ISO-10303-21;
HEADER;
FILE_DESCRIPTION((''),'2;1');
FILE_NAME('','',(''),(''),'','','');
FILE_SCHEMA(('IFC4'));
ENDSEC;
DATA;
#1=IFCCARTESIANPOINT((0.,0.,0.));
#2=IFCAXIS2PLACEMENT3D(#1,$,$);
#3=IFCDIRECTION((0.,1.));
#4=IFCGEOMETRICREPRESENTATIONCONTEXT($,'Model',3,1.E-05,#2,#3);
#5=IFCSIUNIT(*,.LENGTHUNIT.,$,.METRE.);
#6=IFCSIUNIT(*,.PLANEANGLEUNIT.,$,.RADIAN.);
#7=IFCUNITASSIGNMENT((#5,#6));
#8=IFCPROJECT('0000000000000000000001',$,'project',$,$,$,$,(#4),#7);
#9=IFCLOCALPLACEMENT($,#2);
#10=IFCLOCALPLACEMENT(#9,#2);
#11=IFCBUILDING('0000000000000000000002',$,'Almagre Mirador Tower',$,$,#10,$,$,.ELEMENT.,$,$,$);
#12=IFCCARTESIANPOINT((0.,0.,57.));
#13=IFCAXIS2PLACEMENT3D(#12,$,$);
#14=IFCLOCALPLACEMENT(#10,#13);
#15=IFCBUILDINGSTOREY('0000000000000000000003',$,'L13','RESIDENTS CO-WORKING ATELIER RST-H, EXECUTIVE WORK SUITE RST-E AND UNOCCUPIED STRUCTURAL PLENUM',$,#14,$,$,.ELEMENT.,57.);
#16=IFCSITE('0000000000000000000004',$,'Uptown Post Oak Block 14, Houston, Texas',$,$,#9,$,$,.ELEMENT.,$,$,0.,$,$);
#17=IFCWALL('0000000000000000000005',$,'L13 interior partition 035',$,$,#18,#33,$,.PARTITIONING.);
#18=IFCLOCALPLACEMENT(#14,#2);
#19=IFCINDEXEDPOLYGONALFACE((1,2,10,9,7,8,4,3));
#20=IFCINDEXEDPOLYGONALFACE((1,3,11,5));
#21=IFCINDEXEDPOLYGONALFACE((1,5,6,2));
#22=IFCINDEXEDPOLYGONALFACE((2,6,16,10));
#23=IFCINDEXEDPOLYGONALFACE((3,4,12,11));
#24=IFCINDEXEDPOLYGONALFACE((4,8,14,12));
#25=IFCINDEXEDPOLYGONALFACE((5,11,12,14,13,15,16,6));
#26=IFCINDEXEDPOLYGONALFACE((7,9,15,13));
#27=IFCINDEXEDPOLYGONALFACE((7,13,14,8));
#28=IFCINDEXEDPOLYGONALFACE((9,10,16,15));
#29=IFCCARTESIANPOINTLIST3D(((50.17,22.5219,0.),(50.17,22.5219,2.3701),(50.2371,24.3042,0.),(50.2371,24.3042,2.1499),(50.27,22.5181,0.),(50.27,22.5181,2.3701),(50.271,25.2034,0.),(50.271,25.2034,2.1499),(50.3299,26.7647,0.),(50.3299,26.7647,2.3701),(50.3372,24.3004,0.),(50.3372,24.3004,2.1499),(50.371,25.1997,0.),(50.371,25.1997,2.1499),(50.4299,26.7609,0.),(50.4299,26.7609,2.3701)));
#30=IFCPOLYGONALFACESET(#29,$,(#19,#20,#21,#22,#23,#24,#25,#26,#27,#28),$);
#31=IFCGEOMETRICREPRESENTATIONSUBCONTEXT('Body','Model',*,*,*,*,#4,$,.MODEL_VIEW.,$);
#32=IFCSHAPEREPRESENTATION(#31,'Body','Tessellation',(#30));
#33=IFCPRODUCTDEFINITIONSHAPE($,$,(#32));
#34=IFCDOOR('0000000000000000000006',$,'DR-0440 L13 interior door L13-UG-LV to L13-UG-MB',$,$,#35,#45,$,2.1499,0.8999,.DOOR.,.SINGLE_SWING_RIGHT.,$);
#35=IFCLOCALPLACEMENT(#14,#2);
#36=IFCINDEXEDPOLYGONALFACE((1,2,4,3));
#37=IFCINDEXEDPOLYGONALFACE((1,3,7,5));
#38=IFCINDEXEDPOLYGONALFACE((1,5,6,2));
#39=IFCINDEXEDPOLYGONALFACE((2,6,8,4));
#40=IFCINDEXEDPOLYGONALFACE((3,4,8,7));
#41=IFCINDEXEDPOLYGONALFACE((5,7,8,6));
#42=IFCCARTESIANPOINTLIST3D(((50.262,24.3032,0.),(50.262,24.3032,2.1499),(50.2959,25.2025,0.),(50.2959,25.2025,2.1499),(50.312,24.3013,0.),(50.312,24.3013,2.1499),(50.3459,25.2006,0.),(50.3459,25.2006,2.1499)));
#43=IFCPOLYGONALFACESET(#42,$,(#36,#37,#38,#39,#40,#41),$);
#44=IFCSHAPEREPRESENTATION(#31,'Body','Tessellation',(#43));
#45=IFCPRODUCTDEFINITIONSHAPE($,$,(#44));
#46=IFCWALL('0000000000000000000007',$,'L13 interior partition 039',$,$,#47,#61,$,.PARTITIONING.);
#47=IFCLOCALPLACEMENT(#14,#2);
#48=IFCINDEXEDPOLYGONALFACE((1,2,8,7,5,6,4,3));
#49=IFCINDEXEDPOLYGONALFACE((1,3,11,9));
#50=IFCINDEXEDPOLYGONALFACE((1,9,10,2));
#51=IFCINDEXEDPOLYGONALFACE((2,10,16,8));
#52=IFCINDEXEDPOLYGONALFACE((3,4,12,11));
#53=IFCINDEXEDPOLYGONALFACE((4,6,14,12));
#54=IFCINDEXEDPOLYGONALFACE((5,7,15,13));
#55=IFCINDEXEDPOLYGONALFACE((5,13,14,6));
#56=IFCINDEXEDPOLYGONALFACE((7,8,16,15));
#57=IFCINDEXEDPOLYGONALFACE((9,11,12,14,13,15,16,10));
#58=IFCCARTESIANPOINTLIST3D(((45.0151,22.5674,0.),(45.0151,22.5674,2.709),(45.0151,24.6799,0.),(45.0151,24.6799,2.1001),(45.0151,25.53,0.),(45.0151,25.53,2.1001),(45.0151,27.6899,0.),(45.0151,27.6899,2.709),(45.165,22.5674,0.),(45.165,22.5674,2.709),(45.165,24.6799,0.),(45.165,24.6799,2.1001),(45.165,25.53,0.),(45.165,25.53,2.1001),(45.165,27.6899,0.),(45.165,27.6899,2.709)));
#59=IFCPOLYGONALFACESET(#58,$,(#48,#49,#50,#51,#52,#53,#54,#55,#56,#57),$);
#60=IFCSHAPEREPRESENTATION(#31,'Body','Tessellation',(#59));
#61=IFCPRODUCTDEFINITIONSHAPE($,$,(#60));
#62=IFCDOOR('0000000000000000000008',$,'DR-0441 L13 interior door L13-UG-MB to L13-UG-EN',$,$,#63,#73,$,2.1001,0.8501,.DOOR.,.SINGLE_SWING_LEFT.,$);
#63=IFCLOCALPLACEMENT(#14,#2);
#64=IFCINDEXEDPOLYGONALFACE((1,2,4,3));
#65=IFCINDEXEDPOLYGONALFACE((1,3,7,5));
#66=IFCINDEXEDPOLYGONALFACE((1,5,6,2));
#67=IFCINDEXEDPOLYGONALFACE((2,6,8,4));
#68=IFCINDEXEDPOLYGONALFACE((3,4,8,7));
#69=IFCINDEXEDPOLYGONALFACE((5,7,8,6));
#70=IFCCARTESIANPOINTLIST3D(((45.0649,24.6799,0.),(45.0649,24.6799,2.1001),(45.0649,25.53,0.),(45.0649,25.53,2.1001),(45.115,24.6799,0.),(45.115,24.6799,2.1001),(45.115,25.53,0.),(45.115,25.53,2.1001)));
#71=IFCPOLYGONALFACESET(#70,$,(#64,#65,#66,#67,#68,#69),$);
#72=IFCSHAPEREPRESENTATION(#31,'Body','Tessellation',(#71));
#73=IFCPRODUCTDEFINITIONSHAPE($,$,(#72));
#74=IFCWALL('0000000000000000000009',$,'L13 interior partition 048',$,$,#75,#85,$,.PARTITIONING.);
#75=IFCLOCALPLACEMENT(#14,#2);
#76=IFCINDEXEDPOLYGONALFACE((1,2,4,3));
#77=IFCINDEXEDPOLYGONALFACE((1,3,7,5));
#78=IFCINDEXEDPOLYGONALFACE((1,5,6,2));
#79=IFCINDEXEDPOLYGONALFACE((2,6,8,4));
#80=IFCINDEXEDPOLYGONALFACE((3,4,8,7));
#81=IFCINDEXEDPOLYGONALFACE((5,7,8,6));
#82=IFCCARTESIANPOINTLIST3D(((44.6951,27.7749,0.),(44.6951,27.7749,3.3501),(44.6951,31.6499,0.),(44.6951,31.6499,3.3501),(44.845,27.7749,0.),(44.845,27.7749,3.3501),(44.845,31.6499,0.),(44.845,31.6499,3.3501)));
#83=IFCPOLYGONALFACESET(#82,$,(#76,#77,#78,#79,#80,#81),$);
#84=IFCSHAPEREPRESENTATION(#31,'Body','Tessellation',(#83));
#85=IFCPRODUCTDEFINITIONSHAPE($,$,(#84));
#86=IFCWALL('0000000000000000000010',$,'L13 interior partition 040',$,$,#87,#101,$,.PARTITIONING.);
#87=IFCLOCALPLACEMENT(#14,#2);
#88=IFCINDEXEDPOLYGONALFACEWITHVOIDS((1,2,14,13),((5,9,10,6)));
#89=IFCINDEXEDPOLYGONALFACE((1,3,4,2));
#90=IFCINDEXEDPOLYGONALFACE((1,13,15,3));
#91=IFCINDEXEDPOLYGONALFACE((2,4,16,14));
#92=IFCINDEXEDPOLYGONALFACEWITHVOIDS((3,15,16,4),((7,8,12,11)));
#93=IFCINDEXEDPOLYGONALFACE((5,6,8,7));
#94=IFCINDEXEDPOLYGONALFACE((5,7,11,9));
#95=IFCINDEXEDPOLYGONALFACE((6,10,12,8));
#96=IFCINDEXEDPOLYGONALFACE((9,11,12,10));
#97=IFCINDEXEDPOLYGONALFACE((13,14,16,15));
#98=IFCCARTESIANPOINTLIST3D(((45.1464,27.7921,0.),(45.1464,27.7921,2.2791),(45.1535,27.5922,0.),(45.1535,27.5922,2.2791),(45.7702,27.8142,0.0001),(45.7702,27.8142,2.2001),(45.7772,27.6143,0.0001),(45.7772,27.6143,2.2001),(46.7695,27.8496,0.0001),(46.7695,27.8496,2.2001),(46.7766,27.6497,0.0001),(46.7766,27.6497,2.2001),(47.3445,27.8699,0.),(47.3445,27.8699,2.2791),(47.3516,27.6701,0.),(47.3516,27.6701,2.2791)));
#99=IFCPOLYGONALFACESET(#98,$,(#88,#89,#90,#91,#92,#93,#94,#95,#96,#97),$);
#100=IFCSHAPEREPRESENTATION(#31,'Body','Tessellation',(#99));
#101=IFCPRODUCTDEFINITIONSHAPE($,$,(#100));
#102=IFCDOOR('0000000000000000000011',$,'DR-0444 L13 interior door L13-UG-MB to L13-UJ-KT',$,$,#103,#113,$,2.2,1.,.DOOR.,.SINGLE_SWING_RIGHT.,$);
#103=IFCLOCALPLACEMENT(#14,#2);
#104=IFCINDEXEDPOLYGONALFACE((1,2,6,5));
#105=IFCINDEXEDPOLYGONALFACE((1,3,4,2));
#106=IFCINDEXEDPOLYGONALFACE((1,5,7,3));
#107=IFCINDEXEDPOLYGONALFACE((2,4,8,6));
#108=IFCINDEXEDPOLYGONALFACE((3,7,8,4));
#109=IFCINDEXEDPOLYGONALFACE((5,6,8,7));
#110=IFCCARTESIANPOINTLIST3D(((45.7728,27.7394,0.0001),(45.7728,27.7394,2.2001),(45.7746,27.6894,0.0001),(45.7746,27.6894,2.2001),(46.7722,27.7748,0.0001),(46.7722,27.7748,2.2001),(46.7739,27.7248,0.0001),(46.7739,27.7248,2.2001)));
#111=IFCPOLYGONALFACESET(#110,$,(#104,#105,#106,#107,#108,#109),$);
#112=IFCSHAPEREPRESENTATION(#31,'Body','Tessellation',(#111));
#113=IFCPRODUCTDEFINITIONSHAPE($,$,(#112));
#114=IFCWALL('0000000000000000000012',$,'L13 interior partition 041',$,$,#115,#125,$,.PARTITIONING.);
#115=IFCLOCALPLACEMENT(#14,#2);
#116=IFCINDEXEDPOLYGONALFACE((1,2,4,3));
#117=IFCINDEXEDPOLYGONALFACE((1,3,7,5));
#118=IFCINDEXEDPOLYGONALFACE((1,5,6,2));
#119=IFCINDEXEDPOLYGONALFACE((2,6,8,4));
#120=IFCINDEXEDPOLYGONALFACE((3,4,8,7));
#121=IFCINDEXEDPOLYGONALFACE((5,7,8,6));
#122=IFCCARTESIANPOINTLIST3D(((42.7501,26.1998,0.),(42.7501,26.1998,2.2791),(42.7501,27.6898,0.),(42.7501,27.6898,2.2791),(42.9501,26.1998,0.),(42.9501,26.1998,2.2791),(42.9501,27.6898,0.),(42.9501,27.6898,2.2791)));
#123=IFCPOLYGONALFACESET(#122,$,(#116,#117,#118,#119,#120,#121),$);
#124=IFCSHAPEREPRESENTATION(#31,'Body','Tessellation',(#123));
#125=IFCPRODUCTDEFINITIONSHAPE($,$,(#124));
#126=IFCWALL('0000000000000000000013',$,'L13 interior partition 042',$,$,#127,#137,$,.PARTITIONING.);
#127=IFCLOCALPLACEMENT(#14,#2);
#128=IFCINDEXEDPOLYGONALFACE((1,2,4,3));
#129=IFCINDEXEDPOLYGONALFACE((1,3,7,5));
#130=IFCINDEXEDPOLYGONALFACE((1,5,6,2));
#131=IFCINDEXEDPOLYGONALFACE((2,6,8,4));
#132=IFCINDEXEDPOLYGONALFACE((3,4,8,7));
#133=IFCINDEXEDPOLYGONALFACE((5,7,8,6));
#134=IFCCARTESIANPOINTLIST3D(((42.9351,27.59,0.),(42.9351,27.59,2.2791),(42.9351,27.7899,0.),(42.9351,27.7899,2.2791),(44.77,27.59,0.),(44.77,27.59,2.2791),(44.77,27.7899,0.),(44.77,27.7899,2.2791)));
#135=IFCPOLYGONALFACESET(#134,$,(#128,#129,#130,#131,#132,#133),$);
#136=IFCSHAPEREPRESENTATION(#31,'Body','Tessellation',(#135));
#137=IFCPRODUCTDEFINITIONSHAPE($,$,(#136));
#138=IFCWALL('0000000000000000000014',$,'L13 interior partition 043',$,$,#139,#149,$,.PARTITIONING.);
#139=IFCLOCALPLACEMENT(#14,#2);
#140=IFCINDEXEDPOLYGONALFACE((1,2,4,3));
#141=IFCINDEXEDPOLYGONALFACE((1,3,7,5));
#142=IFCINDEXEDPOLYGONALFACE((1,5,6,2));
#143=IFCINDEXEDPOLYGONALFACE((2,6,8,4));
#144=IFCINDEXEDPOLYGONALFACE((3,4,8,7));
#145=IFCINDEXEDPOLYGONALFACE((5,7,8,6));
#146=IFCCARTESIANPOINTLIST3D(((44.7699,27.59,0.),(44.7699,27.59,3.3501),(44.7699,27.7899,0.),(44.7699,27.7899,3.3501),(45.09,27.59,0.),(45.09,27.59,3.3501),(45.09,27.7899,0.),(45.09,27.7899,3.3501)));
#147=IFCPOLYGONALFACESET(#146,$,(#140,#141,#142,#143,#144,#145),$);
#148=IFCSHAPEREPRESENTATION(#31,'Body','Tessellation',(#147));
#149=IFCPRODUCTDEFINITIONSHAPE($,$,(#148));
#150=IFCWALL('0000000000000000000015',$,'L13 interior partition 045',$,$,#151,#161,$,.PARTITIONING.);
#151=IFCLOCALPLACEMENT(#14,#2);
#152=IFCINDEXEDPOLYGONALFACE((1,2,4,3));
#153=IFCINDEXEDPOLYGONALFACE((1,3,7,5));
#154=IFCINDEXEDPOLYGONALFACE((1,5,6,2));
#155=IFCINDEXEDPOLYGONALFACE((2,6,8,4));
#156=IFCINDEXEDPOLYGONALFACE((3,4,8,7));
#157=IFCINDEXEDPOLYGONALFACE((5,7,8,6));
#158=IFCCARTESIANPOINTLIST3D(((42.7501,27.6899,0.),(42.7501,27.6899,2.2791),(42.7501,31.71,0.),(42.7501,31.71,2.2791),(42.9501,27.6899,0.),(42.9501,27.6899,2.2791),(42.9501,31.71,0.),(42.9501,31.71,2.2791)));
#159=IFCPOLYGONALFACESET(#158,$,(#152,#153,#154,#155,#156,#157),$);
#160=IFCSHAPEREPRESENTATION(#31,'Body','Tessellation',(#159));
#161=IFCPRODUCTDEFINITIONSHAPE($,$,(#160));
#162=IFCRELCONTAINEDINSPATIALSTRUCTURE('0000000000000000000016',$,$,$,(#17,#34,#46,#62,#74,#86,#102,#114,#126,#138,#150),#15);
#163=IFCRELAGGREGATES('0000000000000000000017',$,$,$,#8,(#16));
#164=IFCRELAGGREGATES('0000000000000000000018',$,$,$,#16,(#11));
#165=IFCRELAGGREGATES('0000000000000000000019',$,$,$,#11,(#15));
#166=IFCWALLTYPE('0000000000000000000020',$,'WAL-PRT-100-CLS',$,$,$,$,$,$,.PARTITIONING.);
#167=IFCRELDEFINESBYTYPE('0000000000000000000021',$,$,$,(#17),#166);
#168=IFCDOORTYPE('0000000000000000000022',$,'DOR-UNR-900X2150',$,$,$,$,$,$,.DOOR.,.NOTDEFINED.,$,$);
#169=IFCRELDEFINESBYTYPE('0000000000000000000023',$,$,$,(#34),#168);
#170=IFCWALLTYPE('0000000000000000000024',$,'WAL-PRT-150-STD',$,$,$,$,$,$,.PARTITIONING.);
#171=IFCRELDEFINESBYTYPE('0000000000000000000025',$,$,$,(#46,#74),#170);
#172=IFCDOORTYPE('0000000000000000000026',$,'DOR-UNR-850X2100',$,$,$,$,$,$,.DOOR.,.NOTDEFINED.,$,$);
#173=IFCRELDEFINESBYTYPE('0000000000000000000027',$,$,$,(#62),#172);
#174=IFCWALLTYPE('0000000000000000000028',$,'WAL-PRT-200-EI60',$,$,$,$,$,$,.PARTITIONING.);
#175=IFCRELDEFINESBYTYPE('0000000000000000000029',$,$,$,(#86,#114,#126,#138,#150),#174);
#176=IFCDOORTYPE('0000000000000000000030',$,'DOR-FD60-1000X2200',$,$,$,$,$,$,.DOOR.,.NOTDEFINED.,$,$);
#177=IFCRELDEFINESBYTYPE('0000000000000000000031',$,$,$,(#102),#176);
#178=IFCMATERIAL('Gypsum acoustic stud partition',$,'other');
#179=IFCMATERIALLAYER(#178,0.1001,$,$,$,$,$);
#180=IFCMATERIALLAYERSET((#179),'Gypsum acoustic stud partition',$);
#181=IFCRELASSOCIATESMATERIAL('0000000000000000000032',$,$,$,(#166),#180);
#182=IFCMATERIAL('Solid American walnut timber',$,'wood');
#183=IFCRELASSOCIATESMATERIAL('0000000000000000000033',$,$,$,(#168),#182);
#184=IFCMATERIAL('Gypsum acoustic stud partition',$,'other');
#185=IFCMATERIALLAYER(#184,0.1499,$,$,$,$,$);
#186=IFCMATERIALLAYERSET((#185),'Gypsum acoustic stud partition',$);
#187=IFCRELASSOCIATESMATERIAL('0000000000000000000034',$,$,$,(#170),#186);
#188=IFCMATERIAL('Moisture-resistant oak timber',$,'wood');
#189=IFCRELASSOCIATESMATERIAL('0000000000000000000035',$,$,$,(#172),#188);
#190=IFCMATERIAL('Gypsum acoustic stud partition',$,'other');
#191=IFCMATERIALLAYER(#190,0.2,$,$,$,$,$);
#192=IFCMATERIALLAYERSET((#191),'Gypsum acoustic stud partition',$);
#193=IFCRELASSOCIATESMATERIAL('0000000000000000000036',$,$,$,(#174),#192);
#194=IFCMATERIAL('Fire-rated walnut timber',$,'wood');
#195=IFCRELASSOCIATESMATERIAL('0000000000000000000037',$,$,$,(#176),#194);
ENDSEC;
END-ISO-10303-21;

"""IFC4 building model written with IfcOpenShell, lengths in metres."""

from ifc_helpers import new_model, si_unit, direction, frame, frame_2d, origin, place, context, subcontext, project, spatial, rectangle, extrude, material, layer, layer_set, type_object, element, fill, save


model = new_model("IFC4")

# Units and contexts
model_context = context("Model", 3, precision=1e-05, world=origin(), true_north=direction((0.0, 1.0)))
body_context = subcontext(model_context, "Body", "Model", "MODEL_VIEW")
ifc_project = project(units=[si_unit("LENGTHUNIT", "METRE"), si_unit("PLANEANGLEUNIT", "RADIAN")], contexts=[model_context])

# Site, building, storey
site_placement = place(None, origin())
site = spatial("IfcSite", under=ifc_project, at=site_placement, Name="Uptown Post Oak Block 14, Houston, Texas", CompositionType="ELEMENT", RefElevation=0.0)
building_placement = place(site_placement, origin())
building = spatial("IfcBuilding", under=site, at=building_placement, Name="Almagre Mirador Tower", CompositionType="ELEMENT")
storey_placement = place(building_placement, frame((0.0, 0.0, 57.0)))
storey = spatial("IfcBuildingStorey", under=building, at=storey_placement, Name="L13", Description="RESIDENTS CO-WORKING ATELIER RST-H, EXECUTIVE WORK SUITE RST-E AND UNOCCUPIED STRUCTURAL PLENUM", CompositionType="ELEMENT", Elevation=57.0)

# Walls, openings, doors
ifc_material_1 = material(Name="Gypsum acoustic stud partition", Category="other")
ifc_layer_1 = layer(ifc_material_1, 0.1001)
ifc_layer_set_1 = layer_set([ifc_layer_1], Name="Gypsum acoustic stud partition")
wall_type_1 = type_object("IfcWallType", Name="WAL-PRT-100-CLS", PredefinedType="PARTITIONING", material=ifc_layer_set_1)
wall_1_placement = place(storey_placement, frame((50.3799, 26.7629, 0.0), z_axis=(0.0, 0.0, 1.0), x_axis=(-0.037662, -0.999291, 0.0)))
wall_1 = element("IfcWall", 1, at=wall_1_placement, inside=storey, type_object=wall_type_1, Name="L13 interior partition 035", PredefinedType="PARTITIONING", context=body_context, shape_type="SweptSolid", body=[
    extrude(rectangle(XDim=4.2458, YDim=0.1001, at=frame_2d((2.123, 0.0))), origin(), (0.0, 0.0, 1.0), 2.3701),
])
opening_1_placement = place(wall_1_placement, frame((1.5625, 0.0, 0.0)))
opening_1 = element("IfcOpeningElement", 2, at=opening_1_placement, cuts=wall_1, PredefinedType="OPENING", context=body_context, shape_type="SweptSolid", body=[
    extrude(rectangle(XDim=0.8999, YDim=2.1499, at=frame_2d((0.45, 1.075))), frame((0.0, 0.06, 0.0), z_axis=(0.0, -1.0, 0.0), x_axis=(1.0, 0.0, 0.0)), (0.0, 0.0, 1.0), 0.1201),
])
ifc_material_2 = material(Name="Solid American walnut timber", Category="wood")
door_type_1 = type_object("IfcDoorType", Name="DOR-UNR-900X2150", OperationType="NOTDEFINED", PredefinedType="DOOR", material=ifc_material_2)
door_1_placement = place(opening_1_placement, origin())
door_1 = element("IfcDoor", 3, at=door_1_placement, inside=storey, type_object=door_type_1, Name="DR-0440 L13 interior door L13-UG-LV to L13-UG-MB", OperationType="SINGLE_SWING_RIGHT", OverallHeight=2.1499, OverallWidth=0.8999, PredefinedType="DOOR", context=body_context, shape_type="SweptSolid", body=[
    extrude(rectangle(XDim=0.8999, YDim=2.1499, at=frame_2d((0.45, 1.075))), frame((0.0, 0.0249, 0.0), z_axis=(0.0, -1.0, 0.0), x_axis=(1.0, 0.0, 0.0)), (0.0, 0.0, 1.0), 0.05),
])
fill(opening_1, door_1)
ifc_material_3 = material(Name="Gypsum acoustic stud partition", Category="other")
ifc_layer_2 = layer(ifc_material_3, 0.1499)
ifc_layer_set_2 = layer_set([ifc_layer_2], Name="Gypsum acoustic stud partition")
wall_type_2 = type_object("IfcWallType", Name="WAL-PRT-150-STD", PredefinedType="PARTITIONING", material=ifc_layer_set_2)
wall_2_placement = place(storey_placement, frame((45.0901, 27.6899, 0.0), z_axis=(0.0, 0.0, 1.0), x_axis=(0.0, -1.0, 0.0)))
wall_2 = element("IfcWall", 4, at=wall_2_placement, inside=storey, type_object=wall_type_2, Name="L13 interior partition 039", PredefinedType="PARTITIONING", context=body_context, shape_type="SweptSolid", body=[
    extrude(rectangle(XDim=5.1226, YDim=0.1499, at=frame_2d((2.5613, 0.0))), origin(), (0.0, 0.0, 1.0), 2.709),
])
opening_2_placement = place(wall_2_placement, frame((2.1599, 0.0, 0.0)))
opening_2 = element("IfcOpeningElement", 5, at=opening_2_placement, cuts=wall_2, PredefinedType="OPENING", context=body_context, shape_type="SweptSolid", body=[
    extrude(rectangle(XDim=0.8501, YDim=2.1001, at=frame_2d((0.425, 1.05))), frame((0.0, 0.085, 0.0), z_axis=(0.0, -1.0, 0.0), x_axis=(1.0, 0.0, 0.0)), (0.0, 0.0, 1.0), 0.1699),
])
ifc_material_4 = material(Name="Moisture-resistant oak timber", Category="wood")
door_type_2 = type_object("IfcDoorType", Name="DOR-UNR-850X2100", OperationType="NOTDEFINED", PredefinedType="DOOR", material=ifc_material_4)
door_2_placement = place(opening_2_placement, origin())
door_2 = element("IfcDoor", 6, at=door_2_placement, inside=storey, type_object=door_type_2, Name="DR-0441 L13 interior door L13-UG-MB to L13-UG-EN", OperationType="SINGLE_SWING_LEFT", OverallHeight=2.1001, OverallWidth=0.8501, PredefinedType="DOOR", context=body_context, shape_type="SweptSolid", body=[
    extrude(rectangle(XDim=0.8501, YDim=2.1001, at=frame_2d((0.425, 1.05))), frame((0.0, 0.0249, 0.0), z_axis=(0.0, -1.0, 0.0), x_axis=(1.0, 0.0, 0.0)), (0.0, 0.0, 1.0), 0.05),
])
fill(opening_2, door_2)

# Wall
wall_3_placement = place(storey_placement, frame((44.77, 27.7749, 0.0), z_axis=(0.0, 0.0, 1.0), x_axis=(0.0, 1.0, 0.0)))
element("IfcWall", 7, at=wall_3_placement, inside=storey, type_object=wall_type_2, Name="L13 interior partition 048", PredefinedType="PARTITIONING", context=body_context, shape_type="SweptSolid", body=[
    extrude(rectangle(XDim=3.875, YDim=0.1499, at=frame_2d((1.9375, 0.0))), origin(), (0.0, 0.0, 1.0), 3.3501),
])

# Wall, opening, door
ifc_material_5 = material(Name="Gypsum acoustic stud partition", Category="other")
ifc_layer_3 = layer(ifc_material_5, 0.2)
ifc_layer_set_3 = layer_set([ifc_layer_3], Name="Gypsum acoustic stud partition")
wall_type_3 = type_object("IfcWallType", Name="WAL-PRT-200-EI60", PredefinedType="PARTITIONING", material=ifc_layer_set_3)
wall_4_placement = place(storey_placement, frame((47.3479, 27.77, 0.0), z_axis=(0.0, 0.0, 1.0), x_axis=(-0.999373, -0.03541, 0.0)))
wall_4 = element("IfcWall", 8, at=wall_4_placement, inside=storey, type_object=wall_type_3, Name="L13 interior partition 040", PredefinedType="PARTITIONING", context=body_context, shape_type="SweptSolid", body=[
    extrude(rectangle(XDim=2.1995, YDim=0.2, at=frame_2d((1.0996, 0.0))), origin(), (0.0, 0.0, 1.0), 2.2791),
])
opening_3_placement = place(wall_4_placement, frame((0.5752, 0.0, 0.0)))
opening_3 = element("IfcOpeningElement", 9, at=opening_3_placement, cuts=wall_4, PredefinedType="OPENING", context=body_context, shape_type="SweptSolid", body=[
    extrude(rectangle(XDim=1.0, YDim=2.2, at=frame_2d((0.5, 1.1001))), frame((0.0, 0.1101, 0.0), z_axis=(0.0, -1.0, 0.0), x_axis=(1.0, 0.0, 0.0)), (0.0, 0.0, 1.0), 0.22),
])
ifc_material_6 = material(Name="Fire-rated walnut timber", Category="wood")
door_type_3 = type_object("IfcDoorType", Name="DOR-FD60-1000X2200", OperationType="NOTDEFINED", PredefinedType="DOOR", material=ifc_material_6)
door_3_placement = place(opening_3_placement, origin())
door_3 = element("IfcDoor", 10, at=door_3_placement, inside=storey, type_object=door_type_3, Name="DR-0444 L13 interior door L13-UG-MB to L13-UJ-KT", OperationType="SINGLE_SWING_RIGHT", OverallHeight=2.2, OverallWidth=1.0, PredefinedType="DOOR", context=body_context, shape_type="SweptSolid", body=[
    extrude(rectangle(XDim=1.0, YDim=2.2, at=frame_2d((0.5, 1.1001))), frame((0.0, 0.0249, 0.0), z_axis=(0.0, -1.0, 0.0), x_axis=(1.0, 0.0, 0.0)), (0.0, 0.0, 1.0), 0.05),
])
fill(opening_3, door_3)

# Walls
wall_5_placement = place(storey_placement, frame((42.8501, 27.6899, 0.0), z_axis=(0.0, 0.0, 1.0), x_axis=(0.0, -1.0, 0.0)))
element("IfcWall", 11, at=wall_5_placement, inside=storey, type_object=wall_type_3, Name="L13 interior partition 041", PredefinedType="PARTITIONING", context=body_context, shape_type="SweptSolid", body=[
    extrude(rectangle(XDim=1.49, YDim=0.2, at=frame_2d((0.7451, 0.0))), origin(), (0.0, 0.0, 1.0), 2.2791),
])
wall_6_placement = place(storey_placement, frame((44.77, 27.6899, 0.0), z_axis=(0.0, 0.0, 1.0), x_axis=(-1.0, 0.0, 0.0)))
element("IfcWall", 12, at=wall_6_placement, inside=storey, type_object=wall_type_3, Name="L13 interior partition 042", PredefinedType="PARTITIONING", context=body_context, shape_type="SweptSolid", body=[
    extrude(rectangle(XDim=1.835, YDim=0.2, at=frame_2d((0.9175, 0.0))), origin(), (0.0, 0.0, 1.0), 2.2791),
])
wall_7_placement = place(storey_placement, frame((45.0901, 27.6899, 0.0), z_axis=(0.0, 0.0, 1.0), x_axis=(-1.0, 0.0, 0.0)))
element("IfcWall", 13, at=wall_7_placement, inside=storey, type_object=wall_type_3, Name="L13 interior partition 043", PredefinedType="PARTITIONING", context=body_context, shape_type="SweptSolid", body=[
    extrude(rectangle(XDim=0.3201, YDim=0.2, at=frame_2d((0.1602, 0.0))), origin(), (0.0, 0.0, 1.0), 3.3501),
])
wall_8_placement = place(storey_placement, frame((42.8501, 27.6899, 0.0), z_axis=(0.0, 0.0, 1.0), x_axis=(0.0, 1.0, 0.0)))
element("IfcWall", 14, at=wall_8_placement, inside=storey, type_object=wall_type_3, Name="L13 interior partition 045", PredefinedType="PARTITIONING", context=body_context, shape_type="SweptSolid", body=[
    extrude(rectangle(XDim=4.02, YDim=0.2, at=frame_2d((2.01, 0.0))), origin(), (0.0, 0.0, 1.0), 2.2791),
])

save(model, "model.ifc")
